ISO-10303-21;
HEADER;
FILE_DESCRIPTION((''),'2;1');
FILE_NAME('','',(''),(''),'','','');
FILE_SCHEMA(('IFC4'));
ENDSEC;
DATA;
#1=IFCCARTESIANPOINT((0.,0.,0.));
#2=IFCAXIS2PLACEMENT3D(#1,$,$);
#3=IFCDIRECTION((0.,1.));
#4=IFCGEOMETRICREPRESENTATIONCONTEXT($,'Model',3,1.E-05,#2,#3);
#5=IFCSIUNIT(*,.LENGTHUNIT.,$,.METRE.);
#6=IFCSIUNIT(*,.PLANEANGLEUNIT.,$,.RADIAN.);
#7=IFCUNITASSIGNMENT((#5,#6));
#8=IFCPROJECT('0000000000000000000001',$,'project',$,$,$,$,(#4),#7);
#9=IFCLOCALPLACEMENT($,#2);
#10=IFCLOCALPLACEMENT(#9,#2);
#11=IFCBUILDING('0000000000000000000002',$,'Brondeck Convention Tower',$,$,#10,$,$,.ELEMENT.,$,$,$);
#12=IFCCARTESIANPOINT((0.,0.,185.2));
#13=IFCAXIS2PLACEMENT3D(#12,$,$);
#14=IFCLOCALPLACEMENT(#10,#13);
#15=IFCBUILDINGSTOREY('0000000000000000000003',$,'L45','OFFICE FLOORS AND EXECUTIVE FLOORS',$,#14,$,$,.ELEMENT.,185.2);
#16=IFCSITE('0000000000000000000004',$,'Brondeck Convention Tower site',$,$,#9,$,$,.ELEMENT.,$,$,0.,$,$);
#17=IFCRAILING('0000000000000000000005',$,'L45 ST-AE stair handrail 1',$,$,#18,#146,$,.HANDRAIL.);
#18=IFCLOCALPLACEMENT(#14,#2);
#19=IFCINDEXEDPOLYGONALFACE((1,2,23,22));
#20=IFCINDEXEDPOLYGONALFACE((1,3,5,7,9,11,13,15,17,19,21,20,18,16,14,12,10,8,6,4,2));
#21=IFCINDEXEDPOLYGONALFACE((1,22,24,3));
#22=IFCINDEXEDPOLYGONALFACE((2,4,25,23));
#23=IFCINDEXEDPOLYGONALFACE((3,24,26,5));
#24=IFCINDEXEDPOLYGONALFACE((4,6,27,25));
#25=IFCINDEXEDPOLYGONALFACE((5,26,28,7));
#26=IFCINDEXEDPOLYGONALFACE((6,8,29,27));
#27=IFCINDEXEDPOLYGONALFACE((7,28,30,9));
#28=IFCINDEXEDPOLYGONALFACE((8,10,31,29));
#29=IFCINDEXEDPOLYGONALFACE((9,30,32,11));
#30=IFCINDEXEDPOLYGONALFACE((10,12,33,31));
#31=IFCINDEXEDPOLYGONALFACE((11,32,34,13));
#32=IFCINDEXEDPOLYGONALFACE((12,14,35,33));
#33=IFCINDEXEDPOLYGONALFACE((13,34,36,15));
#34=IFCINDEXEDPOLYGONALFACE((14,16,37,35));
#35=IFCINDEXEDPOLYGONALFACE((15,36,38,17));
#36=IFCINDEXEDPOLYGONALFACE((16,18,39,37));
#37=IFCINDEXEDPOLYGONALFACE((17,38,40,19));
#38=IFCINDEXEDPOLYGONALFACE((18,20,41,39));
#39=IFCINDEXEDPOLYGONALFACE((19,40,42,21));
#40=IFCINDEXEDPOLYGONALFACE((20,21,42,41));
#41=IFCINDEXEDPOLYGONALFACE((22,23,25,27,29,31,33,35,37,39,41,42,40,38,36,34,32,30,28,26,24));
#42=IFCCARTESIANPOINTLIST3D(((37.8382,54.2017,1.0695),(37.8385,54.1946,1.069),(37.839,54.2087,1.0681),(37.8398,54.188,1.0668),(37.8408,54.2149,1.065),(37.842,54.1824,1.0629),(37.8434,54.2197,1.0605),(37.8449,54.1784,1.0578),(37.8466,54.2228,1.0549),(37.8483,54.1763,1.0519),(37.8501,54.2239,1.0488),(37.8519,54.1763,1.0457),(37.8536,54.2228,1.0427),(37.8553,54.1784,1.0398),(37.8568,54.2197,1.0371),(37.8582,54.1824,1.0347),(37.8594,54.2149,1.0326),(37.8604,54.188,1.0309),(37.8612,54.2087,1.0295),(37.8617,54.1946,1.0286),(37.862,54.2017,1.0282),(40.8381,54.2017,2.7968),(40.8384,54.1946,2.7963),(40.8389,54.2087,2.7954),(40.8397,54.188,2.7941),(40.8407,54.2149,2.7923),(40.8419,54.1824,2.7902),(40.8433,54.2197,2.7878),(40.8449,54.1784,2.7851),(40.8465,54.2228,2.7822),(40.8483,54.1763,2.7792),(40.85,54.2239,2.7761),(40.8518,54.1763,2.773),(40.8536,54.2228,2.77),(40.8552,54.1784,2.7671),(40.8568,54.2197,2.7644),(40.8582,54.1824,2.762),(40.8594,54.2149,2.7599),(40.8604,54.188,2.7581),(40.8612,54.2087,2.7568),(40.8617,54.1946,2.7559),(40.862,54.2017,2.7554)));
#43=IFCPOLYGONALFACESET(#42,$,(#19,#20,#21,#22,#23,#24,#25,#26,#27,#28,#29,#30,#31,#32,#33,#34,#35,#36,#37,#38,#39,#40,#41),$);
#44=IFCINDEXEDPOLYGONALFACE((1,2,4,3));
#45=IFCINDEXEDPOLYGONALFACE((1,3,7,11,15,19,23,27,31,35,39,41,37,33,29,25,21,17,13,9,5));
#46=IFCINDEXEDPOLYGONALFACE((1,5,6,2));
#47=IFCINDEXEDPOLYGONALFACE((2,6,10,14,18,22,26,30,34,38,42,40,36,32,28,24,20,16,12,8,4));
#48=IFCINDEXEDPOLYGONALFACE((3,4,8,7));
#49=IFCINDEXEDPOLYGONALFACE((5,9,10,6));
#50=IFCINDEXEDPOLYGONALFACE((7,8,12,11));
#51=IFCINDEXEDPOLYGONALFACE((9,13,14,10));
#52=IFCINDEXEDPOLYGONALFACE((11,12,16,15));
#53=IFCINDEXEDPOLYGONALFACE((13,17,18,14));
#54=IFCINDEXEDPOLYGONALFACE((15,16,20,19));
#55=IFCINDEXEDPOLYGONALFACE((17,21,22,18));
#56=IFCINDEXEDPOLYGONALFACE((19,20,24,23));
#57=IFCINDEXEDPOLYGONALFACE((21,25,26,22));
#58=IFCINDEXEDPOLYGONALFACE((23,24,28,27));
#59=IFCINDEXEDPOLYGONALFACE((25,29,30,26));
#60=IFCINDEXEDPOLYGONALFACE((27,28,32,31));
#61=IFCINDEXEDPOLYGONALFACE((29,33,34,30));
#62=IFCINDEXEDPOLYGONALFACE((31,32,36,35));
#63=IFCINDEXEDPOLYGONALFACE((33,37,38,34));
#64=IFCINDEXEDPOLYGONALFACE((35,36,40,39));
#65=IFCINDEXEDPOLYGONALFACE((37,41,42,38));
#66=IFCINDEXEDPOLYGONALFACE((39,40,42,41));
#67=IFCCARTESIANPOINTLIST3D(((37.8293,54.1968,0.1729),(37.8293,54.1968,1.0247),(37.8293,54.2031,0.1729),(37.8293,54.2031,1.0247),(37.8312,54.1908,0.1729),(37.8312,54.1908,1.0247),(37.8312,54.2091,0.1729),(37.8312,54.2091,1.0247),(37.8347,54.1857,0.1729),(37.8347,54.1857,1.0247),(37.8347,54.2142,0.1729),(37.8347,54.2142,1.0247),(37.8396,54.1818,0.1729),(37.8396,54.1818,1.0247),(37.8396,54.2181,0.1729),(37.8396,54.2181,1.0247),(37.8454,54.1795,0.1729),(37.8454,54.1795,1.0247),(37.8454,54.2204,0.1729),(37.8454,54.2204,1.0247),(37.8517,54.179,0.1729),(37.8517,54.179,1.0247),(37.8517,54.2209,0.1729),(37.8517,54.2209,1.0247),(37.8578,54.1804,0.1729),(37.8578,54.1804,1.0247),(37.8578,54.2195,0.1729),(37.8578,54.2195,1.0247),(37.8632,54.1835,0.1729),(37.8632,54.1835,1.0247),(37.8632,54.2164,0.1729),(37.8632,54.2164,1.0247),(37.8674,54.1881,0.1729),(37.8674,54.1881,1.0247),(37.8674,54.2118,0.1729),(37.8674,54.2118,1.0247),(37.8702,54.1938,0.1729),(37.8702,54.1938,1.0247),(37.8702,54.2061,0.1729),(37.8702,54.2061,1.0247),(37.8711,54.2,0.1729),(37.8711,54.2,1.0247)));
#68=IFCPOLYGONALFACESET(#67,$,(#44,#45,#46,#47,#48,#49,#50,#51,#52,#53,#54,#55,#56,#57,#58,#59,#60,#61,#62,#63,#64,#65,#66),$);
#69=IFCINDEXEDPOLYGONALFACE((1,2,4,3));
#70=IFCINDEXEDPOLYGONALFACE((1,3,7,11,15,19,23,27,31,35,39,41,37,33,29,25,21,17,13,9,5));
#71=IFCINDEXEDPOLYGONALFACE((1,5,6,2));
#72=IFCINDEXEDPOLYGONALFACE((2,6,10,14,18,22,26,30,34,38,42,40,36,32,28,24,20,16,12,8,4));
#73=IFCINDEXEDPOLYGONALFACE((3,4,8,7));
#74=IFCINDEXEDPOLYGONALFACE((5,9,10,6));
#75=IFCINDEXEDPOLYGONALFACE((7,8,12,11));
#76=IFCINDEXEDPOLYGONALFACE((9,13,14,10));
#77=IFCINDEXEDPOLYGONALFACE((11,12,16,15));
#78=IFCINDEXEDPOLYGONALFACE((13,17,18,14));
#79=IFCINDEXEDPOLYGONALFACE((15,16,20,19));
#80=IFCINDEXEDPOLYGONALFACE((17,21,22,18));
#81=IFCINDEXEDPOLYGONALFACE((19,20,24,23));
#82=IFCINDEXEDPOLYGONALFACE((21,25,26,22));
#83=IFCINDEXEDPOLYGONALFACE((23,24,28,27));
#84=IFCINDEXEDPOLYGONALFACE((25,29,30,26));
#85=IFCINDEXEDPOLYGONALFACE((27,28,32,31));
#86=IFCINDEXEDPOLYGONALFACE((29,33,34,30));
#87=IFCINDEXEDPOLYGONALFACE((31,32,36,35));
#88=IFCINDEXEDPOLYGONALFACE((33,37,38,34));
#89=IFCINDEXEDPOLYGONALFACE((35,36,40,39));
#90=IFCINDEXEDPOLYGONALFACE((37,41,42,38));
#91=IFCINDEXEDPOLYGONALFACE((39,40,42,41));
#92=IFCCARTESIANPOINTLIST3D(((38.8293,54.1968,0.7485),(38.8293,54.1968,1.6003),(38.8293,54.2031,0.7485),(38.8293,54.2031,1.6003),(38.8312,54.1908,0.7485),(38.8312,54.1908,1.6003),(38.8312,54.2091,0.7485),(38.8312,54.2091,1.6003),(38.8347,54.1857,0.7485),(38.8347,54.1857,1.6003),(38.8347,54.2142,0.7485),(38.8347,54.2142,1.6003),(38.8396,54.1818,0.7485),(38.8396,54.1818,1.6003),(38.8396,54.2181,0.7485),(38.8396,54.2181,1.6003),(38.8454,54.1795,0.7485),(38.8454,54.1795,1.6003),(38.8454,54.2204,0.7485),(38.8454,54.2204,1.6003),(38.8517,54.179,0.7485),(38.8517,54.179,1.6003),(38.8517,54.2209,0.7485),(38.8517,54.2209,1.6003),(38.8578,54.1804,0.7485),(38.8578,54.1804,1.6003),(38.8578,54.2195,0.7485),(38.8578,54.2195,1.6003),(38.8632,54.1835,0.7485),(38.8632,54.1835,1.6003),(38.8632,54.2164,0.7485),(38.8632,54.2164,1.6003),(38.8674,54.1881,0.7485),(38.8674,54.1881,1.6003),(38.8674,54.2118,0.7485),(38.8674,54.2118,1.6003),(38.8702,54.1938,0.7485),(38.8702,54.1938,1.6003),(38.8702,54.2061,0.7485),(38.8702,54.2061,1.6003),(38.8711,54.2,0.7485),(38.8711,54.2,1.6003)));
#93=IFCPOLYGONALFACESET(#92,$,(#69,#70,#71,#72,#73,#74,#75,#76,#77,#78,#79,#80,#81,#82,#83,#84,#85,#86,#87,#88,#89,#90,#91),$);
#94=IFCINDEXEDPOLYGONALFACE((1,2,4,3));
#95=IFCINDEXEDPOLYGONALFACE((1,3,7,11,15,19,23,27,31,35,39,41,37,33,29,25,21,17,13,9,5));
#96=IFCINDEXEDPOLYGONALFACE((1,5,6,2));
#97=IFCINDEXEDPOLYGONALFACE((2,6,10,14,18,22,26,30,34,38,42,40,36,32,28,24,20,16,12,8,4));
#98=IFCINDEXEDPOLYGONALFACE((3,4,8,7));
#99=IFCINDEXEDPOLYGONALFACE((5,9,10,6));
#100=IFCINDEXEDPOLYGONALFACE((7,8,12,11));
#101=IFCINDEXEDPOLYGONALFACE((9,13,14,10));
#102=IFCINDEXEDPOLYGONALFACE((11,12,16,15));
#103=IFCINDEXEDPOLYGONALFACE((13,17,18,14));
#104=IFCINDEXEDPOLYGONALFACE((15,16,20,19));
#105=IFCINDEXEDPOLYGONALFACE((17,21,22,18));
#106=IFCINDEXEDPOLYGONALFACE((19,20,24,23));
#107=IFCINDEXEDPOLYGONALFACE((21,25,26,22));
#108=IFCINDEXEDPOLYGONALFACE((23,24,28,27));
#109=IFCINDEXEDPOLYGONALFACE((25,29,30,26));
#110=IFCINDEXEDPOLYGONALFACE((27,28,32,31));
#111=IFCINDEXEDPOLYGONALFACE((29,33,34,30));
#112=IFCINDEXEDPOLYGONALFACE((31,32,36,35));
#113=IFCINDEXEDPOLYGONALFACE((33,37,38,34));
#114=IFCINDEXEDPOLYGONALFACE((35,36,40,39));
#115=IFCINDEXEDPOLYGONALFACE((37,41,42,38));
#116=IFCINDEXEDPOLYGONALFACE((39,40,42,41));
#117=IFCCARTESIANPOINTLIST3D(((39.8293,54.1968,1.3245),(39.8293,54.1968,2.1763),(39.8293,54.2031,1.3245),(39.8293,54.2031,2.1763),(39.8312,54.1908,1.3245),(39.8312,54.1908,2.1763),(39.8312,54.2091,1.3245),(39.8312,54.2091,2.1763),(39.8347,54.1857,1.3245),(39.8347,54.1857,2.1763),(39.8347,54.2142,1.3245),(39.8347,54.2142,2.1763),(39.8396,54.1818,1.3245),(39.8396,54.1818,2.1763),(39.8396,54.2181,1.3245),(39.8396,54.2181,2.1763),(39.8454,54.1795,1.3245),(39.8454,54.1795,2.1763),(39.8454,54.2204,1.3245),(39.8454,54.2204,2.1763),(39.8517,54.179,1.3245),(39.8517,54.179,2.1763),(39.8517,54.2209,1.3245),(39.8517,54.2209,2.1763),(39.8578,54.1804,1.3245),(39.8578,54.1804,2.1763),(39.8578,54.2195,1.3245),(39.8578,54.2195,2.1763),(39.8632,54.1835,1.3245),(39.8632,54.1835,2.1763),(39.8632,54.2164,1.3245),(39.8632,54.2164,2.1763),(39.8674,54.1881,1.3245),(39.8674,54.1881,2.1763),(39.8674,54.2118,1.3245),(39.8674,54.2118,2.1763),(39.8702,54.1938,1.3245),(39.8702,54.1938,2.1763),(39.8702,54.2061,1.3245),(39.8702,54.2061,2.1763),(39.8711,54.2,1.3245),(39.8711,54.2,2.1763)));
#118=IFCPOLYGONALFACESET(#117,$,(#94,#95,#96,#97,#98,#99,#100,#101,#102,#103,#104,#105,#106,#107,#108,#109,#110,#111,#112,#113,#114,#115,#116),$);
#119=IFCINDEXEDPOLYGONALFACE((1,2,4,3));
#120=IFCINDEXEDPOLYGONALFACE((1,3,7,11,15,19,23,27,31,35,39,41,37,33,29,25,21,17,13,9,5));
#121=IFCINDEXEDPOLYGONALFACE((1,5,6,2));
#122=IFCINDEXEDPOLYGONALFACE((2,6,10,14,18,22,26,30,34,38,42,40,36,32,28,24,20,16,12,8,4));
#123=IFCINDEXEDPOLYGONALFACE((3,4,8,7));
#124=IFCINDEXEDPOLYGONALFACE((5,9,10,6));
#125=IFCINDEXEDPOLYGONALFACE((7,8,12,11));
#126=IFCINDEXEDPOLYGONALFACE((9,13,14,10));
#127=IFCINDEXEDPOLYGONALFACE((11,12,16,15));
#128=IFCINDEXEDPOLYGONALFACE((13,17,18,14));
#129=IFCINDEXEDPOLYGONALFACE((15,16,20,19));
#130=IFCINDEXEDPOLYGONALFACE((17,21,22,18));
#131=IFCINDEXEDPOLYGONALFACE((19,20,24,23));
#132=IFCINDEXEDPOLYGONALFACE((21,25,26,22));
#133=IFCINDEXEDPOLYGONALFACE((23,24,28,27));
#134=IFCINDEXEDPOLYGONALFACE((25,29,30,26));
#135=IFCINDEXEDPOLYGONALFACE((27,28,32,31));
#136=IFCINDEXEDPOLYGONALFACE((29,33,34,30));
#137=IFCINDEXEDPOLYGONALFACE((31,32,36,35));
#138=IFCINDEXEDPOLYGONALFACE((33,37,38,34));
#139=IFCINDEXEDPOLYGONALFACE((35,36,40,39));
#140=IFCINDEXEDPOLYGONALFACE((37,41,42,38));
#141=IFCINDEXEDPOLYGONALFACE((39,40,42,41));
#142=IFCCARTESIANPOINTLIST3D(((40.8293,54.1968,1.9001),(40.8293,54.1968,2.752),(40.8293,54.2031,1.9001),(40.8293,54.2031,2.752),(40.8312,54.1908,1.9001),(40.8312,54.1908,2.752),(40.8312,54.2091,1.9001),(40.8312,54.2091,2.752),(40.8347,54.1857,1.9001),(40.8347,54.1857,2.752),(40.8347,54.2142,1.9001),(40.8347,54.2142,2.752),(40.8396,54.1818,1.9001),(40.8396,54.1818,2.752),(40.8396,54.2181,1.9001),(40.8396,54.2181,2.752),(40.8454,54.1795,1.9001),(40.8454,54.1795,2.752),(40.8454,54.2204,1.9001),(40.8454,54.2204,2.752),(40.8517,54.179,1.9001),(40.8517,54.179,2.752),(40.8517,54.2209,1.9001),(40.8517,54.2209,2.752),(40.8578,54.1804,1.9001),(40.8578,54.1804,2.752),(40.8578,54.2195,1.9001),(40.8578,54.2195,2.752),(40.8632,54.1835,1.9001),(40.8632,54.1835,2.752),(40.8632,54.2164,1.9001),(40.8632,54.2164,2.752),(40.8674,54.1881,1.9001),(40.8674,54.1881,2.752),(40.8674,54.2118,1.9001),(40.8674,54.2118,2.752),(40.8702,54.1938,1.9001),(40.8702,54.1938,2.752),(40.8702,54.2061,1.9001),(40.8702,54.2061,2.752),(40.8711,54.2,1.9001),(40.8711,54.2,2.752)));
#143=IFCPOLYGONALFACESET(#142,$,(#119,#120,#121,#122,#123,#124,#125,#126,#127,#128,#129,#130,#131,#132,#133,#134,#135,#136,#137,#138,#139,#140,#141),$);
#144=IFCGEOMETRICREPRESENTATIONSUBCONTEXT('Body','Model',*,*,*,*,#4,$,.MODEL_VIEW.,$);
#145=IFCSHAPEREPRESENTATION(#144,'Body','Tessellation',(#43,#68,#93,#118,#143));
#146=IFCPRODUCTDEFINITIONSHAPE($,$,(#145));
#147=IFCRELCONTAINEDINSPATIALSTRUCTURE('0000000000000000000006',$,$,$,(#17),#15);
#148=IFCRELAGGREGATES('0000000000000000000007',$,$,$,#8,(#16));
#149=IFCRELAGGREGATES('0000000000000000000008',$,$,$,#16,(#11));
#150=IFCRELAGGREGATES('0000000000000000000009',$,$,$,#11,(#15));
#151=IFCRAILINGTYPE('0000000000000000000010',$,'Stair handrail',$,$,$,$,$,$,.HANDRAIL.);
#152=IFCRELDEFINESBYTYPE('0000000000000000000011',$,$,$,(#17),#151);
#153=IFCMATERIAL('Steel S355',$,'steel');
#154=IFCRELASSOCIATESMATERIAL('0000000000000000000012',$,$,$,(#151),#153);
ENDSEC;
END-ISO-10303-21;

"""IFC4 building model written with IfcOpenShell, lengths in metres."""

from ifc_helpers import new_model, si_unit, direction, frame, origin, origin_2d, place, context, subcontext, project, spatial, circle, extrude, material, type_object, element, save


model = new_model("IFC4")

# Units and contexts
model_context = context("Model", 3, precision=1e-05, world=origin(), true_north=direction((0.0, 1.0)))
body_context = subcontext(model_context, "Body", "Model", "MODEL_VIEW")
ifc_project = project(units=[si_unit("LENGTHUNIT", "METRE"), si_unit("PLANEANGLEUNIT", "RADIAN")], contexts=[model_context])

# Site, building, storey
site_placement = place(None, origin())
site = spatial("IfcSite", under=ifc_project, at=site_placement, Name="Brondeck Convention Tower site", CompositionType="ELEMENT", RefElevation=0.0)
building_placement = place(site_placement, origin())
building = spatial("IfcBuilding", under=site, at=building_placement, Name="Brondeck Convention Tower", CompositionType="ELEMENT")
storey_placement = place(building_placement, frame((0.0, 0.0, 185.2)))
storey = spatial("IfcBuildingStorey", under=building, at=storey_placement, Name="L45", Description="OFFICE FLOORS AND EXECUTIVE FLOORS", CompositionType="ELEMENT", Elevation=185.2)

# Shared definitions
ifc_material_1 = material(Name="Steel S355", Category="steel")

# Railing
railing_type = type_object("IfcRailingType", Name="Stair handrail", PredefinedType="HANDRAIL", material=ifc_material_1)
railing_placement = place(storey_placement, frame((37.8501, 54.2, 0.1729)))
element("IfcRailing", 1, at=railing_placement, inside=storey, type_object=railing_type, Name="L45 ST-AE stair handrail 1", PredefinedType="HANDRAIL", context=body_context, shape_type="SweptSolid", body=[
    extrude(circle(Radius=0.0239, at=origin_2d()), frame((0.0, 0.0, 0.876), z_axis=(0.86662, 0.0, 0.498969), x_axis=(0.0, 1.0, 0.0)), (0.0, 0.0, 1.0), 3.4617),
    extrude(circle(Radius=0.021, at=origin_2d()), origin(), (0.0, 0.0, 1.0), 0.8518),
    extrude(circle(Radius=0.021, at=origin_2d()), frame((1.0, 0.0, 0.5757)), (0.0, 0.0, 1.0), 0.8518),
    extrude(circle(Radius=0.021, at=origin_2d()), frame((2.0, 0.0, 1.1516)), (0.0, 0.0, 1.0), 0.8518),
    extrude(circle(Radius=0.021, at=origin_2d()), frame((3.0, 0.0, 1.7273)), (0.0, 0.0, 1.0), 0.8518),
])

save(model, "model.ifc")
